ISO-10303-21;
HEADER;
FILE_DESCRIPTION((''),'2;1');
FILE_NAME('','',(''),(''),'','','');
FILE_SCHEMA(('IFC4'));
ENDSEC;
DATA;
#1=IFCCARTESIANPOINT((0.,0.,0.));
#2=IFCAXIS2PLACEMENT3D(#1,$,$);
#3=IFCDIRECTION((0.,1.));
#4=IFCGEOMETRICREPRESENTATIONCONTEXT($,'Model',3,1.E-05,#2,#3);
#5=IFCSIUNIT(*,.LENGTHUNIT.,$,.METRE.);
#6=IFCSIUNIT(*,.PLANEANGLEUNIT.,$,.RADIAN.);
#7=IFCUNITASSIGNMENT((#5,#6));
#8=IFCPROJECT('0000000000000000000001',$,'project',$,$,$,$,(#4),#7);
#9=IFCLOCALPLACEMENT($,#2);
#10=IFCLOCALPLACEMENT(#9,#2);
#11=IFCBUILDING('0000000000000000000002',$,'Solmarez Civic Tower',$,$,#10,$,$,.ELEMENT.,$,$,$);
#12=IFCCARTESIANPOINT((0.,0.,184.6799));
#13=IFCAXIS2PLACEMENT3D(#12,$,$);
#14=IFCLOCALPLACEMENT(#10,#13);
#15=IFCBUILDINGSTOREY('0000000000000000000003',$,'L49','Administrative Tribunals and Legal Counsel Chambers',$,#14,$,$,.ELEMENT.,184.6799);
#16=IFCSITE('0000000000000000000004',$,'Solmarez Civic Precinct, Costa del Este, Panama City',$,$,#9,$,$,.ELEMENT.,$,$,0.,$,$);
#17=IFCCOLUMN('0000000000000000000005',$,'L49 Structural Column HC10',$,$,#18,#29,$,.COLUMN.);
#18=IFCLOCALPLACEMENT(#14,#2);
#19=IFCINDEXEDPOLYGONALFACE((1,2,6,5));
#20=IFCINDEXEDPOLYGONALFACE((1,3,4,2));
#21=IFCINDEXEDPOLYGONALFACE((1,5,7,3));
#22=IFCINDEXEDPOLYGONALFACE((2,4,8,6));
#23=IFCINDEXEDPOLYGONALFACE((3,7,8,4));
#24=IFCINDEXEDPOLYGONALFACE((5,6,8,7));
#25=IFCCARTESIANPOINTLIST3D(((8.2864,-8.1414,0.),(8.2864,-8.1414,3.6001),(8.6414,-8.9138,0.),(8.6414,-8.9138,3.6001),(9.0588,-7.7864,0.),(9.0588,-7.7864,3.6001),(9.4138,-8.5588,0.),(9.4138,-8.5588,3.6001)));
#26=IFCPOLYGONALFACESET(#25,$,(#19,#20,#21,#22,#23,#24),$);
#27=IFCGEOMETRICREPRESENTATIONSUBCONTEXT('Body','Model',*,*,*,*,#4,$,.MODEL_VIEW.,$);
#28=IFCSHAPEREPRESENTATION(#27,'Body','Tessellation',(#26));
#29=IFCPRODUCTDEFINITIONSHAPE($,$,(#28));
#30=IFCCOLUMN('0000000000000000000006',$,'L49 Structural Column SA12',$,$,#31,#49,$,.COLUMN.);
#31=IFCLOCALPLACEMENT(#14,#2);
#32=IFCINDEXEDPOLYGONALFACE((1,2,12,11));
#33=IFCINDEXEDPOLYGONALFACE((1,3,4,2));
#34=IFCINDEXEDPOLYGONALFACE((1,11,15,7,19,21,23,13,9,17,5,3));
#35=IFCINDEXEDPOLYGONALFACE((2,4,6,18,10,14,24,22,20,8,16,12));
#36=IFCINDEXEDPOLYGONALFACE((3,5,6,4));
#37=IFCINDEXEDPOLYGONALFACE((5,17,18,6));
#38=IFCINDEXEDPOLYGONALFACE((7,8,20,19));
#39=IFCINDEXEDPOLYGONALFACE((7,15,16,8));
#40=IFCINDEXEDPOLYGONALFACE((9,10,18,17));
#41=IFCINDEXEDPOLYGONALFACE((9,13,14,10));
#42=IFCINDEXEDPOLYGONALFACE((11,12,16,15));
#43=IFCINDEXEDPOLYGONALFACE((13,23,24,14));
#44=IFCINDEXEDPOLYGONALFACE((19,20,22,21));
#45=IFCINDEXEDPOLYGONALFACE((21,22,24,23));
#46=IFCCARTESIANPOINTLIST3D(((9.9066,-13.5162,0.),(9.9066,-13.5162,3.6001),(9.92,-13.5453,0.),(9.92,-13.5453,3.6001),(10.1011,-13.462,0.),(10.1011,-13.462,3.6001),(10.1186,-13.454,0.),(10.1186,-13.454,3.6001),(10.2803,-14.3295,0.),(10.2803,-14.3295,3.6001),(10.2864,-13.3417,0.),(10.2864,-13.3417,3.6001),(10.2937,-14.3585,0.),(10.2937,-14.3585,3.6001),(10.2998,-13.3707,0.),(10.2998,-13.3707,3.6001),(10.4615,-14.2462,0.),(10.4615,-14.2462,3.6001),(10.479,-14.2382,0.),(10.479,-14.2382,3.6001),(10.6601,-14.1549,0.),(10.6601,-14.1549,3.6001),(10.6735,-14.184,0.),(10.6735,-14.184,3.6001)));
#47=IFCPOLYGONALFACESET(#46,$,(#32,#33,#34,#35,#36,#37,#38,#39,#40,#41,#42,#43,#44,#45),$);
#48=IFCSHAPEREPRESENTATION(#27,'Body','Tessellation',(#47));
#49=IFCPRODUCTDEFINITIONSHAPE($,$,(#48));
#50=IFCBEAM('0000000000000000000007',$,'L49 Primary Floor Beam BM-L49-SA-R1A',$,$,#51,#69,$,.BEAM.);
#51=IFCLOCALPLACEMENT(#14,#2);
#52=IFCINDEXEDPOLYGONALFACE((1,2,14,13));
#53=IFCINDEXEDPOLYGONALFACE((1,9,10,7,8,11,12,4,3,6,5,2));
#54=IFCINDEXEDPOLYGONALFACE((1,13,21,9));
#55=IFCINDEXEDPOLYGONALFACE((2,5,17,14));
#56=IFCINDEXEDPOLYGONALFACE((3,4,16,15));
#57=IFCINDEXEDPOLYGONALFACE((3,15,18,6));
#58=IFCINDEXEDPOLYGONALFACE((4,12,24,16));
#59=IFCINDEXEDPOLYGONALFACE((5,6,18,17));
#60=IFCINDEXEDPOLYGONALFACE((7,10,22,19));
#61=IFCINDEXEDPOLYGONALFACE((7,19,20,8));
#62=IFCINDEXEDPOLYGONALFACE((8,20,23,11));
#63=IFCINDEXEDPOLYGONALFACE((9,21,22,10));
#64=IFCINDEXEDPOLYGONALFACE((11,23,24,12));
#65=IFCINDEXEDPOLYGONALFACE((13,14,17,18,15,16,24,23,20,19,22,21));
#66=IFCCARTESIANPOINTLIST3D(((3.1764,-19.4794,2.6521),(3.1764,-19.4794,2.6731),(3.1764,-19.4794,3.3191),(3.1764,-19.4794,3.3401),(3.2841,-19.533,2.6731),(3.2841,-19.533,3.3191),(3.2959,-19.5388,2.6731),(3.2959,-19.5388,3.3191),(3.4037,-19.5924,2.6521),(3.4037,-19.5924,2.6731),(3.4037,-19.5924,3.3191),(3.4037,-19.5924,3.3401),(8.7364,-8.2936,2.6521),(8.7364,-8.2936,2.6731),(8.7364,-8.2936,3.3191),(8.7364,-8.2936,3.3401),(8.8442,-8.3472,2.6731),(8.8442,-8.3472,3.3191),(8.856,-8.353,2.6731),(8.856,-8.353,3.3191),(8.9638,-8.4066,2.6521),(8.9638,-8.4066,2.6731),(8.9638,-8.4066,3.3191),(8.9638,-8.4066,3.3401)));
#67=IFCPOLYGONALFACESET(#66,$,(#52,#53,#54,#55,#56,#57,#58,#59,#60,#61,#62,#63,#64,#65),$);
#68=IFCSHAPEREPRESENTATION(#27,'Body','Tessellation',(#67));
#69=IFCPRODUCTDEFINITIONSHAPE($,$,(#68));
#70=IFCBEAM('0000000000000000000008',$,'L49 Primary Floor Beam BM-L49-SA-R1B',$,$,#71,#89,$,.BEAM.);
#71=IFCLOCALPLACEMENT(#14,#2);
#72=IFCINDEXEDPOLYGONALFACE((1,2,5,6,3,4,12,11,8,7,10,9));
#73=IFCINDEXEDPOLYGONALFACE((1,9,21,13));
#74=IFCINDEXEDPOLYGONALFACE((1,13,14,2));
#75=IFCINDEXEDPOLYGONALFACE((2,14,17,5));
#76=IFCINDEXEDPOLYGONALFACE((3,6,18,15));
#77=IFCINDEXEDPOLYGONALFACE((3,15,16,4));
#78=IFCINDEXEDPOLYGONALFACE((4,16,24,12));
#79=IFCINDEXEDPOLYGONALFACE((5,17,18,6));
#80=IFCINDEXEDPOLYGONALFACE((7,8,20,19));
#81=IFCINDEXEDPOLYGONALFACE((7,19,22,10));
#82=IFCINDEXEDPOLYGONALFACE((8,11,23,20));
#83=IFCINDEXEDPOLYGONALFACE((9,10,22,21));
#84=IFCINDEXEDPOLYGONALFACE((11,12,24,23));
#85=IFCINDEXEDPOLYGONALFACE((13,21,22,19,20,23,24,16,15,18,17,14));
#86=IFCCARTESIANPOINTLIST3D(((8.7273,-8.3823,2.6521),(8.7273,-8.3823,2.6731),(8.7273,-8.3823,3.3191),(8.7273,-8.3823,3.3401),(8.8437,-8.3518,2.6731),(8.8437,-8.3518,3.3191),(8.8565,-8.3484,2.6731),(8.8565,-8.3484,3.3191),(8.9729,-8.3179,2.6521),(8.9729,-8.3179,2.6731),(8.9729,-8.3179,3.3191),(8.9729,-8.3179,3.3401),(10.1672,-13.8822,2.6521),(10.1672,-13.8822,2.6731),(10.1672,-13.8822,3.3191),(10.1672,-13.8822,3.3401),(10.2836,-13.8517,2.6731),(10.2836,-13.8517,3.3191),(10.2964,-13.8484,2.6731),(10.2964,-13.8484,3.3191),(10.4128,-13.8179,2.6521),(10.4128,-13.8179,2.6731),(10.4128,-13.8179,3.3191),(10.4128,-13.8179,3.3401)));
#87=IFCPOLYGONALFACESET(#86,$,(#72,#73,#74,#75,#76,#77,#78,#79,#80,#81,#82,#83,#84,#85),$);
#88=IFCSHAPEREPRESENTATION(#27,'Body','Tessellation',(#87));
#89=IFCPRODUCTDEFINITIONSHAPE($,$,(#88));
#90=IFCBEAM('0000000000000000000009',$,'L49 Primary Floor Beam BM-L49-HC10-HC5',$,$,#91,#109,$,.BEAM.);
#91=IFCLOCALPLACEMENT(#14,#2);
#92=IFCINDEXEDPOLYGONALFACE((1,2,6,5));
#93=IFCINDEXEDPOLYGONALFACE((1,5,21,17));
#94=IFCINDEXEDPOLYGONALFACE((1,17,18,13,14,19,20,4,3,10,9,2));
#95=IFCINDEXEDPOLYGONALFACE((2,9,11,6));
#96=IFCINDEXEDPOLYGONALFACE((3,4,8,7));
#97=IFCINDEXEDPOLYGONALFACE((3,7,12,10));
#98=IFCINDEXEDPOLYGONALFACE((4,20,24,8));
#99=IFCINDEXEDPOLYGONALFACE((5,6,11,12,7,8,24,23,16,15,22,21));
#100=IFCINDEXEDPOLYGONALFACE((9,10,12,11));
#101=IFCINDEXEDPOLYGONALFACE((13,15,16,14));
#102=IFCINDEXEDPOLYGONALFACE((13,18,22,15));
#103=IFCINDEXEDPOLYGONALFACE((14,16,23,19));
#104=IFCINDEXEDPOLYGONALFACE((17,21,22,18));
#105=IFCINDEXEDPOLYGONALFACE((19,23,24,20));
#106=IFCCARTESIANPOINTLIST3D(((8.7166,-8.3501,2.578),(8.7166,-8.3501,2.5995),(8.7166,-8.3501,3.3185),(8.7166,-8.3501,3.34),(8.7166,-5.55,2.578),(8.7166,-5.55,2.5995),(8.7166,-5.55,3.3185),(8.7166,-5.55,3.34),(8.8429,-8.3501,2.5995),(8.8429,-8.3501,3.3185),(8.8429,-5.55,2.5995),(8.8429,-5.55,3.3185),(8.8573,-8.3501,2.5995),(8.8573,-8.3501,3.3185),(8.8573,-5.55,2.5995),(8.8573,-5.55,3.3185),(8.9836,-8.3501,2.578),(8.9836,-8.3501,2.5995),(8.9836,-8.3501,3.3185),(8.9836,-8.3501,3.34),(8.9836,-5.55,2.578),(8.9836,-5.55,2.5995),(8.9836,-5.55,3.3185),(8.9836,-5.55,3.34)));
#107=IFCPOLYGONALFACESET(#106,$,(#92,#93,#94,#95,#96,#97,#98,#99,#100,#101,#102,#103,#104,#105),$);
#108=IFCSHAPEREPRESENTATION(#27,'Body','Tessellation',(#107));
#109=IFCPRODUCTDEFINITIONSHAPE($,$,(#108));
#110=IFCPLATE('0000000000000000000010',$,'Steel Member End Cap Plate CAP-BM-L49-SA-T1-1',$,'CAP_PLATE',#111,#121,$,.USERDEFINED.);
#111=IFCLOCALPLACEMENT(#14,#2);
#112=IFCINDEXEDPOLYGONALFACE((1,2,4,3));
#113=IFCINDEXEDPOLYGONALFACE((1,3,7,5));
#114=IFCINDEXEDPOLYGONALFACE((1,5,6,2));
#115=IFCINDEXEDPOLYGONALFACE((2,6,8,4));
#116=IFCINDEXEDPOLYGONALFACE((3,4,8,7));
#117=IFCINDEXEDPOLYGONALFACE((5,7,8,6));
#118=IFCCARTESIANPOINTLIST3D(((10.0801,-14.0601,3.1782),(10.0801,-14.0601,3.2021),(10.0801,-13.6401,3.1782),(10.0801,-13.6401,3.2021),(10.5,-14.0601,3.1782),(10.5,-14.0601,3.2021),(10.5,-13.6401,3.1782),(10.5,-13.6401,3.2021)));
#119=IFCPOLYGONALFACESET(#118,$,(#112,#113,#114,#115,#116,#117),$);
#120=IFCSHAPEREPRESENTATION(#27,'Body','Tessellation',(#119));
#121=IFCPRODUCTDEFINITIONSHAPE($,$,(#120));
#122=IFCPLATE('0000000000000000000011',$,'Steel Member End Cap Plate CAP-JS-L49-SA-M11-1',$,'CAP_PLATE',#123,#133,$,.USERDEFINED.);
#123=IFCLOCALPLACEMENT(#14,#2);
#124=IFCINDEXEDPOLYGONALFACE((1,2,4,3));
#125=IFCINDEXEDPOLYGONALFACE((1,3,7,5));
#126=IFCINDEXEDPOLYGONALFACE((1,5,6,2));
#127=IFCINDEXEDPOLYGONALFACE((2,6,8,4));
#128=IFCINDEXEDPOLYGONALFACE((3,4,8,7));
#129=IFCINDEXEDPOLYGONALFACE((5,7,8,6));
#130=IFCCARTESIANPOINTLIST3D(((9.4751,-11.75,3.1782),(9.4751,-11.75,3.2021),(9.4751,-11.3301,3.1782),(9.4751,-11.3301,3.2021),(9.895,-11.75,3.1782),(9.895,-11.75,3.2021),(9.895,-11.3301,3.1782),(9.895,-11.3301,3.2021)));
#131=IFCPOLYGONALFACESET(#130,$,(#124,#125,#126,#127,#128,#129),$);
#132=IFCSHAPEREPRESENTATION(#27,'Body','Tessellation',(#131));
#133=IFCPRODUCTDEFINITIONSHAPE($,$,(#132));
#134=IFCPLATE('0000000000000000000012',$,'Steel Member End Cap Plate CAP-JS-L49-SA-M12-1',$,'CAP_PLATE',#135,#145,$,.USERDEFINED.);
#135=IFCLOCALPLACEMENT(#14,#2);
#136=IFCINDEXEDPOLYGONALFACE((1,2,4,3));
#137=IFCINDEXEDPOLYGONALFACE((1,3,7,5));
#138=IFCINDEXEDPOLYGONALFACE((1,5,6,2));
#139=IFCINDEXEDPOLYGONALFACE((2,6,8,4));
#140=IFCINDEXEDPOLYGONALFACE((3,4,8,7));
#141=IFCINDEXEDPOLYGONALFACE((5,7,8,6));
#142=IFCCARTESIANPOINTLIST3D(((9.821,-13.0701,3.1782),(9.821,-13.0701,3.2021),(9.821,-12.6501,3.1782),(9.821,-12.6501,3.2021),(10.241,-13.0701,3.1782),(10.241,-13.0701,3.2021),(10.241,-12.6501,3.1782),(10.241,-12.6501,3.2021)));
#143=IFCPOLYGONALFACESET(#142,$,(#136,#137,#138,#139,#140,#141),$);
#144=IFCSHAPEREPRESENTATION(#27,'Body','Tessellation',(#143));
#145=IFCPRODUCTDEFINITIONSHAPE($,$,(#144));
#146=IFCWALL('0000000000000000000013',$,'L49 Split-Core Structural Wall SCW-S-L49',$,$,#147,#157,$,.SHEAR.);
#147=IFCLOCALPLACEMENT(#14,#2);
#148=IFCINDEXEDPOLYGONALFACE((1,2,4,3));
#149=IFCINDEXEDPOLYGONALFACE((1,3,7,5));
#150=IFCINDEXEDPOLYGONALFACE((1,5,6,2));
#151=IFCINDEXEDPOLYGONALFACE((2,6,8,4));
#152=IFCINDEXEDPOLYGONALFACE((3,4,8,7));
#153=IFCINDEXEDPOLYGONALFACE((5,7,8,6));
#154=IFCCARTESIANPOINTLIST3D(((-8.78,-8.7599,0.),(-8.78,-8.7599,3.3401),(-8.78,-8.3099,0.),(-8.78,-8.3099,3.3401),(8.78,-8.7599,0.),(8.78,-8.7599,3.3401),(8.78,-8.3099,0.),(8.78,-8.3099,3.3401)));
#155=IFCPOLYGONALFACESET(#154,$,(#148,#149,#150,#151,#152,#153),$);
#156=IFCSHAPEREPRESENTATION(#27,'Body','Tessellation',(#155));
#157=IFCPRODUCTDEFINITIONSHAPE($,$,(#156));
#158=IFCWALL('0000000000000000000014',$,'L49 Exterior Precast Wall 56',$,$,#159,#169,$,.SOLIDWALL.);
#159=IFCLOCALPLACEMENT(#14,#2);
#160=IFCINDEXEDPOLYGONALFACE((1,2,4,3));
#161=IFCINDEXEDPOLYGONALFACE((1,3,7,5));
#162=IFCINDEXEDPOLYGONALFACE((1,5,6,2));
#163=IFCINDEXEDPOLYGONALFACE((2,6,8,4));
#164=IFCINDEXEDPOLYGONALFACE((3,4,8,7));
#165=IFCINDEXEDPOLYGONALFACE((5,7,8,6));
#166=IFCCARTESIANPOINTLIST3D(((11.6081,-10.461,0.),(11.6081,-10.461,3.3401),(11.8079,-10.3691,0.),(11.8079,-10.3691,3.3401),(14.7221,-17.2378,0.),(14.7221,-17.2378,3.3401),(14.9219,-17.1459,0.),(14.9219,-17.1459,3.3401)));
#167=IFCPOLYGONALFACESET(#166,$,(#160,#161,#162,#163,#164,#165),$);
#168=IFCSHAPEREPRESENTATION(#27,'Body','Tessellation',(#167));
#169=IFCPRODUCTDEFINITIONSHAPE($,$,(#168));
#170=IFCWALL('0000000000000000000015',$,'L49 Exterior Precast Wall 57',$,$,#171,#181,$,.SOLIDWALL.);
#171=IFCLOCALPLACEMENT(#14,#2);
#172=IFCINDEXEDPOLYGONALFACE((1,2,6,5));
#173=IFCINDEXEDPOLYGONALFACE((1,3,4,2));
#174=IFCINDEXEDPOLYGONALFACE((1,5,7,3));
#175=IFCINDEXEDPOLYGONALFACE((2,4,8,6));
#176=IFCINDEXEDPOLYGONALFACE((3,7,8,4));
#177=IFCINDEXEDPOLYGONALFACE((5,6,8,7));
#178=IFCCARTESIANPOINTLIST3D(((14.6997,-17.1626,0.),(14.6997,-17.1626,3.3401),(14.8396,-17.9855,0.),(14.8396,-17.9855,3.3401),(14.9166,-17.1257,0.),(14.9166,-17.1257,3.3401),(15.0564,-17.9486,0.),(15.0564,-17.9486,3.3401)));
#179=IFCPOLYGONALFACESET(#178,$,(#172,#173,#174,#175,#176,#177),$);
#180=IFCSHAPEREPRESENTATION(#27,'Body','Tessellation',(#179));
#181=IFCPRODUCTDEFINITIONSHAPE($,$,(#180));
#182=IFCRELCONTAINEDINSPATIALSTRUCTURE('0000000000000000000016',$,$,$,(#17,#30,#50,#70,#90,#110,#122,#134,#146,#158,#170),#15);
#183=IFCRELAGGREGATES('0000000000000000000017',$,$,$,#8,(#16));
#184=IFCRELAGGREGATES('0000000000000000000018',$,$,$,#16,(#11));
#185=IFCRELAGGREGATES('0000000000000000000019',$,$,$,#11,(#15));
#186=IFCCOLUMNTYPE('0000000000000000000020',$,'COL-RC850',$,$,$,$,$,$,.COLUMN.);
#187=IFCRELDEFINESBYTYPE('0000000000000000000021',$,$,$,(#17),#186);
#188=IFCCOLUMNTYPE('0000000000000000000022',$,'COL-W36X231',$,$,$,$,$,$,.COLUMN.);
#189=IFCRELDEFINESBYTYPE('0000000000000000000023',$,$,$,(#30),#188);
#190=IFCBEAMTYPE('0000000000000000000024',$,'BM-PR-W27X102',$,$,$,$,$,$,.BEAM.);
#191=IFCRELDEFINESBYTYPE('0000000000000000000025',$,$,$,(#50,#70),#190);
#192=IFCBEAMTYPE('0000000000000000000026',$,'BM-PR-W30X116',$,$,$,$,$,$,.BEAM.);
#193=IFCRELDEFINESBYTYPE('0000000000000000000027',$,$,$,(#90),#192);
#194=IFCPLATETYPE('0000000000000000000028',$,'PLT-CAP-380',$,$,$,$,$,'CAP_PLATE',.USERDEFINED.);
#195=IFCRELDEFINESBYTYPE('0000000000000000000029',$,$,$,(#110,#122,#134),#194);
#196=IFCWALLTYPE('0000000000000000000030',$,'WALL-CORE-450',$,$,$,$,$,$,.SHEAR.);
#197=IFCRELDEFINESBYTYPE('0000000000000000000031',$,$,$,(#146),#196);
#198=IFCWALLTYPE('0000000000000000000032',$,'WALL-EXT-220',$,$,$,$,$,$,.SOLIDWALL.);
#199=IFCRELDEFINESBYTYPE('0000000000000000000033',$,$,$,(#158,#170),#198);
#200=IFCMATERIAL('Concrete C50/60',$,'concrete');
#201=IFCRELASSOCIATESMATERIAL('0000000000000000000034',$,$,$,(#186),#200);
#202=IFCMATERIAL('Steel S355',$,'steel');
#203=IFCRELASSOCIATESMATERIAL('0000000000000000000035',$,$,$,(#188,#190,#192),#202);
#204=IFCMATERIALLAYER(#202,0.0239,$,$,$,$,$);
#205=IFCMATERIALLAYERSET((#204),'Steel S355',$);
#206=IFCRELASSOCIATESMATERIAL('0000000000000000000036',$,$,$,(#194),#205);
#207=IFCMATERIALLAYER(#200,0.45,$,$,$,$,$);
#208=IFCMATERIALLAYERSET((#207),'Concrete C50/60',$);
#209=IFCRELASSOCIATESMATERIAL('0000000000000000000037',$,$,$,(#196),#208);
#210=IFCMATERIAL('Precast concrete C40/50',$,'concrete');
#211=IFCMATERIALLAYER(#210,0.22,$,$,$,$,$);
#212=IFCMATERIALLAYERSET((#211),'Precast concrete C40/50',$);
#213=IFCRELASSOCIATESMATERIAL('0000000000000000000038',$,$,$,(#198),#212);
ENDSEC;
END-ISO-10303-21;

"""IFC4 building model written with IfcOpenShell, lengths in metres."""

from ifc_helpers import new_model, si_unit, direction, frame, frame_2d, origin, origin_2d, place, context, subcontext, project, spatial, rectangle, i_section, extrude, material, layer, layer_set, material_profile, profile_set, type_object, element, save


model = new_model("IFC4")

# Units and contexts
model_context = context("Model", 3, precision=1e-05, world=origin(), true_north=direction((0.0, 1.0)))
body_context = subcontext(model_context, "Body", "Model", "MODEL_VIEW")
ifc_project = project(units=[si_unit("LENGTHUNIT", "METRE"), si_unit("PLANEANGLEUNIT", "RADIAN")], contexts=[model_context])

# Site, building, storey
site_placement = place(None, origin())
site = spatial("IfcSite", under=ifc_project, at=site_placement, Name="Solmarez Civic Precinct, Costa del Este, Panama City", CompositionType="ELEMENT", RefElevation=0.0)
building_placement = place(site_placement, origin())
building = spatial("IfcBuilding", under=site, at=building_placement, Name="Solmarez Civic Tower", CompositionType="ELEMENT")
storey_placement = place(building_placement, frame((0.0, 0.0, 184.6799)))
storey = spatial("IfcBuildingStorey", under=building, at=storey_placement, Name="L49", Description="Administrative Tribunals and Legal Counsel Chambers", CompositionType="ELEMENT", Elevation=184.6799)

# Columns
ifc_material_1 = material(Name="Concrete C50/60", Category="concrete")
ifc_material_profile_1 = material_profile(ifc_material_1, rectangle(XDim=0.8501, YDim=0.8501, at=origin_2d()), Name="RC850X850")
ifc_profile_set_1 = profile_set([ifc_material_profile_1], Name="Concrete C50/60")
column_type_1 = type_object("IfcColumnType", Name="COL-RC850", PredefinedType="COLUMN", material=ifc_profile_set_1)
column_1_placement = place(storey_placement, frame((8.8501, -8.3501, 0.0), z_axis=(0.0, 0.0, 1.0), x_axis=(0.908654, 0.41755, 0.0)))
element("IfcColumn", 1, at=column_1_placement, inside=storey, type_object=column_type_1, Name="L49 Structural Column HC10", PredefinedType="COLUMN", context=body_context, shape_type="SweptSolid", body=[
    extrude(rectangle(XDim=0.8501, YDim=0.8501, at=origin_2d()), origin(), (0.0, 0.0, 1.0), 3.6001),
])
ifc_material_2 = material(Name="Steel S355", Category="steel")
ifc_material_profile_2 = material_profile(ifc_material_2, i_section(OverallWidth=0.418, OverallDepth=0.927, WebThickness=0.0193, FlangeThickness=0.032, at=origin_2d()), Name="W36X231")
ifc_profile_set_2 = profile_set([ifc_material_profile_2], Name="Steel S355")
column_type_2 = type_object("IfcColumnType", Name="COL-W36X231", PredefinedType="COLUMN", material=ifc_profile_set_2)
column_2_placement = place(storey_placement, frame((10.29, -13.8501, 0.0), z_axis=(0.0, 0.0, 1.0), x_axis=(0.908654, 0.41755, 0.0)))
element("IfcColumn", 2, at=column_2_placement, inside=storey, type_object=column_type_2, Name="L49 Structural Column SA12", PredefinedType="COLUMN", context=body_context, shape_type="SweptSolid", body=[
    extrude(i_section(OverallWidth=0.418, OverallDepth=0.927, WebThickness=0.0193, FlangeThickness=0.032, at=origin_2d()), origin(), (0.0, 0.0, 1.0), 3.6001),
])

# Beams
ifc_material_profile_3 = material_profile(ifc_material_2, i_section(OverallWidth=0.2539, OverallDepth=0.688, WebThickness=0.0132, FlangeThickness=0.021, at=origin_2d()), Name="W27X102")
ifc_profile_set_3 = profile_set([ifc_material_profile_3], Name="Steel S355")
beam_type_1 = type_object("IfcBeamType", Name="BM-PR-W27X102", PredefinedType="BEAM", material=ifc_profile_set_3)
beam_1_placement = place(storey_placement, frame((8.8501, -8.3501, 2.9961), z_axis=(-0.445109, -0.895476, 0.0), x_axis=(0.895476, -0.445109, 0.0)))
element("IfcBeam", 3, at=beam_1_placement, inside=storey, type_object=beam_type_1, Name="L49 Primary Floor Beam BM-L49-SA-R1A", PredefinedType="BEAM", context=body_context, shape_type="SweptSolid", body=[
    extrude(i_section(OverallWidth=0.2539, OverallDepth=0.688, WebThickness=0.0132, FlangeThickness=0.021, at=origin_2d()), origin(), (0.0, 0.0, 1.0), 12.4915),
])
beam_2_placement = place(storey_placement, frame((8.8501, -8.3501, 2.9961), z_axis=(0.253271, -0.967395, 0.0), x_axis=(0.967395, 0.253271, 0.0)))
element("IfcBeam", 4, at=beam_2_placement, inside=storey, type_object=beam_type_1, Name="L49 Primary Floor Beam BM-L49-SA-R1B", PredefinedType="BEAM", context=body_context, shape_type="SweptSolid", body=[
    extrude(i_section(OverallWidth=0.2539, OverallDepth=0.688, WebThickness=0.0132, FlangeThickness=0.021, at=origin_2d()), origin(), (0.0, 0.0, 1.0), 5.6853),
])
ifc_material_profile_4 = material_profile(ifc_material_2, i_section(OverallWidth=0.2671, OverallDepth=0.762, WebThickness=0.0144, FlangeThickness=0.0215, at=origin_2d()), Name="W30X116")
ifc_profile_set_4 = profile_set([ifc_material_profile_4], Name="Steel S355")
beam_type_2 = type_object("IfcBeamType", Name="BM-PR-W30X116", PredefinedType="BEAM", material=ifc_profile_set_4)
beam_3_placement = place(storey_placement, frame((8.8501, -8.3501, 2.959), z_axis=(0.0, 1.0, 0.0), x_axis=(-1.0, 0.0, 0.0)))
element("IfcBeam", 5, at=beam_3_placement, inside=storey, type_object=beam_type_2, Name="L49 Primary Floor Beam BM-L49-HC10-HC5", PredefinedType="BEAM", context=body_context, shape_type="SweptSolid", body=[
    extrude(i_section(OverallWidth=0.2671, OverallDepth=0.762, WebThickness=0.0144, FlangeThickness=0.0215, at=origin_2d()), origin(), (0.0, 0.0, 1.0), 2.8),
])

# Plates
ifc_layer_1 = layer(ifc_material_2, 0.0239)
ifc_layer_set_1 = layer_set([ifc_layer_1], Name="Steel S355")
plate_type = type_object("IfcPlateType", Name="PLT-CAP-380", ElementType="CAP_PLATE", PredefinedType="USERDEFINED", material=ifc_layer_set_1)
for number, where, z_axis, x_axis, name in (
    (6, (10.29, -13.8501, 3.1782), (0.0, 0.0, 1.0), (1.0, 0.0, 0.0), "Steel Member End Cap Plate CAP-BM-L49-SA-T1-1"),
    (7, (9.6851, -11.54, 3.1782), (0.0, 0.0, 1.0), (1.0, 0.0, 0.0), "Steel Member End Cap Plate CAP-JS-L49-SA-M11-1"),
    (8, (10.031, -12.8601, 3.1782), (0.0, 0.0, 1.0), (1.0, 0.0, 0.0), "Steel Member End Cap Plate CAP-JS-L49-SA-M12-1"),
):
    element("IfcPlate", number, at=place(storey_placement, frame(where, z_axis=z_axis, x_axis=x_axis)), inside=storey, type_object=plate_type, Name=name, ObjectType="CAP_PLATE", PredefinedType="USERDEFINED", context=body_context, shape_type="SweptSolid", body=[
        extrude(rectangle(XDim=0.4199, YDim=0.4199, at=origin_2d()), origin(), (0.0, 0.0, 1.0), 0.0239),
    ])

# Walls
ifc_layer_2 = layer(ifc_material_1, 0.45)
ifc_layer_set_2 = layer_set([ifc_layer_2], Name="Concrete C50/60")
wall_type_1 = type_object("IfcWallType", Name="WALL-CORE-450", PredefinedType="SHEAR", material=ifc_layer_set_2)
wall_1_placement = place(storey_placement, frame((8.78, -8.5349, 0.0), z_axis=(0.0, 0.0, 1.0), x_axis=(-1.0, 0.0, 0.0)))
element("IfcWall", 9, at=wall_1_placement, inside=storey, type_object=wall_type_1, Name="L49 Split-Core Structural Wall SCW-S-L49", PredefinedType="SHEAR", context=body_context, shape_type="SweptSolid", body=[
    extrude(rectangle(XDim=17.5601, YDim=0.45, at=frame_2d((8.78, 0.0))), origin(), (0.0, 0.0, 1.0), 3.3401),
])
ifc_material_3 = material(Name="Precast concrete C40/50", Category="concrete")
ifc_layer_3 = layer(ifc_material_3, 0.22)
ifc_layer_set_3 = layer_set([ifc_layer_3], Name="Precast concrete C40/50")
wall_type_2 = type_object("IfcWallType", Name="WALL-EXT-220", PredefinedType="SOLIDWALL", material=ifc_layer_set_3)
wall_2_placement = place(storey_placement, frame((11.708, -10.415, 0.0), z_axis=(0.0, 0.0, 1.0), x_axis=(0.417536, -0.90866, 0.0)))
element("IfcWall", 10, at=wall_2_placement, inside=storey, type_object=wall_type_2, Name="L49 Exterior Precast Wall 56", PredefinedType="SOLIDWALL", context=body_context, shape_type="SweptSolid", body=[
    extrude(rectangle(XDim=7.458, YDim=0.22, at=frame_2d((3.729, 0.0))), origin(), (0.0, 0.0, 1.0), 3.3401),
])
wall_3_placement = place(storey_placement, frame((14.8081, -17.144, 0.0), z_axis=(0.0, 0.0, 1.0), x_axis=(0.167576, -0.985859, 0.0)))
element("IfcWall", 11, at=wall_3_placement, inside=storey, type_object=wall_type_2, Name="L49 Exterior Precast Wall 57", PredefinedType="SOLIDWALL", context=body_context, shape_type="SweptSolid", body=[
    extrude(rectangle(XDim=0.8347, YDim=0.22, at=frame_2d((0.4175, 0.0))), origin(), (0.0, 0.0, 1.0), 3.3401),
])

save(model, "model.ifc")
